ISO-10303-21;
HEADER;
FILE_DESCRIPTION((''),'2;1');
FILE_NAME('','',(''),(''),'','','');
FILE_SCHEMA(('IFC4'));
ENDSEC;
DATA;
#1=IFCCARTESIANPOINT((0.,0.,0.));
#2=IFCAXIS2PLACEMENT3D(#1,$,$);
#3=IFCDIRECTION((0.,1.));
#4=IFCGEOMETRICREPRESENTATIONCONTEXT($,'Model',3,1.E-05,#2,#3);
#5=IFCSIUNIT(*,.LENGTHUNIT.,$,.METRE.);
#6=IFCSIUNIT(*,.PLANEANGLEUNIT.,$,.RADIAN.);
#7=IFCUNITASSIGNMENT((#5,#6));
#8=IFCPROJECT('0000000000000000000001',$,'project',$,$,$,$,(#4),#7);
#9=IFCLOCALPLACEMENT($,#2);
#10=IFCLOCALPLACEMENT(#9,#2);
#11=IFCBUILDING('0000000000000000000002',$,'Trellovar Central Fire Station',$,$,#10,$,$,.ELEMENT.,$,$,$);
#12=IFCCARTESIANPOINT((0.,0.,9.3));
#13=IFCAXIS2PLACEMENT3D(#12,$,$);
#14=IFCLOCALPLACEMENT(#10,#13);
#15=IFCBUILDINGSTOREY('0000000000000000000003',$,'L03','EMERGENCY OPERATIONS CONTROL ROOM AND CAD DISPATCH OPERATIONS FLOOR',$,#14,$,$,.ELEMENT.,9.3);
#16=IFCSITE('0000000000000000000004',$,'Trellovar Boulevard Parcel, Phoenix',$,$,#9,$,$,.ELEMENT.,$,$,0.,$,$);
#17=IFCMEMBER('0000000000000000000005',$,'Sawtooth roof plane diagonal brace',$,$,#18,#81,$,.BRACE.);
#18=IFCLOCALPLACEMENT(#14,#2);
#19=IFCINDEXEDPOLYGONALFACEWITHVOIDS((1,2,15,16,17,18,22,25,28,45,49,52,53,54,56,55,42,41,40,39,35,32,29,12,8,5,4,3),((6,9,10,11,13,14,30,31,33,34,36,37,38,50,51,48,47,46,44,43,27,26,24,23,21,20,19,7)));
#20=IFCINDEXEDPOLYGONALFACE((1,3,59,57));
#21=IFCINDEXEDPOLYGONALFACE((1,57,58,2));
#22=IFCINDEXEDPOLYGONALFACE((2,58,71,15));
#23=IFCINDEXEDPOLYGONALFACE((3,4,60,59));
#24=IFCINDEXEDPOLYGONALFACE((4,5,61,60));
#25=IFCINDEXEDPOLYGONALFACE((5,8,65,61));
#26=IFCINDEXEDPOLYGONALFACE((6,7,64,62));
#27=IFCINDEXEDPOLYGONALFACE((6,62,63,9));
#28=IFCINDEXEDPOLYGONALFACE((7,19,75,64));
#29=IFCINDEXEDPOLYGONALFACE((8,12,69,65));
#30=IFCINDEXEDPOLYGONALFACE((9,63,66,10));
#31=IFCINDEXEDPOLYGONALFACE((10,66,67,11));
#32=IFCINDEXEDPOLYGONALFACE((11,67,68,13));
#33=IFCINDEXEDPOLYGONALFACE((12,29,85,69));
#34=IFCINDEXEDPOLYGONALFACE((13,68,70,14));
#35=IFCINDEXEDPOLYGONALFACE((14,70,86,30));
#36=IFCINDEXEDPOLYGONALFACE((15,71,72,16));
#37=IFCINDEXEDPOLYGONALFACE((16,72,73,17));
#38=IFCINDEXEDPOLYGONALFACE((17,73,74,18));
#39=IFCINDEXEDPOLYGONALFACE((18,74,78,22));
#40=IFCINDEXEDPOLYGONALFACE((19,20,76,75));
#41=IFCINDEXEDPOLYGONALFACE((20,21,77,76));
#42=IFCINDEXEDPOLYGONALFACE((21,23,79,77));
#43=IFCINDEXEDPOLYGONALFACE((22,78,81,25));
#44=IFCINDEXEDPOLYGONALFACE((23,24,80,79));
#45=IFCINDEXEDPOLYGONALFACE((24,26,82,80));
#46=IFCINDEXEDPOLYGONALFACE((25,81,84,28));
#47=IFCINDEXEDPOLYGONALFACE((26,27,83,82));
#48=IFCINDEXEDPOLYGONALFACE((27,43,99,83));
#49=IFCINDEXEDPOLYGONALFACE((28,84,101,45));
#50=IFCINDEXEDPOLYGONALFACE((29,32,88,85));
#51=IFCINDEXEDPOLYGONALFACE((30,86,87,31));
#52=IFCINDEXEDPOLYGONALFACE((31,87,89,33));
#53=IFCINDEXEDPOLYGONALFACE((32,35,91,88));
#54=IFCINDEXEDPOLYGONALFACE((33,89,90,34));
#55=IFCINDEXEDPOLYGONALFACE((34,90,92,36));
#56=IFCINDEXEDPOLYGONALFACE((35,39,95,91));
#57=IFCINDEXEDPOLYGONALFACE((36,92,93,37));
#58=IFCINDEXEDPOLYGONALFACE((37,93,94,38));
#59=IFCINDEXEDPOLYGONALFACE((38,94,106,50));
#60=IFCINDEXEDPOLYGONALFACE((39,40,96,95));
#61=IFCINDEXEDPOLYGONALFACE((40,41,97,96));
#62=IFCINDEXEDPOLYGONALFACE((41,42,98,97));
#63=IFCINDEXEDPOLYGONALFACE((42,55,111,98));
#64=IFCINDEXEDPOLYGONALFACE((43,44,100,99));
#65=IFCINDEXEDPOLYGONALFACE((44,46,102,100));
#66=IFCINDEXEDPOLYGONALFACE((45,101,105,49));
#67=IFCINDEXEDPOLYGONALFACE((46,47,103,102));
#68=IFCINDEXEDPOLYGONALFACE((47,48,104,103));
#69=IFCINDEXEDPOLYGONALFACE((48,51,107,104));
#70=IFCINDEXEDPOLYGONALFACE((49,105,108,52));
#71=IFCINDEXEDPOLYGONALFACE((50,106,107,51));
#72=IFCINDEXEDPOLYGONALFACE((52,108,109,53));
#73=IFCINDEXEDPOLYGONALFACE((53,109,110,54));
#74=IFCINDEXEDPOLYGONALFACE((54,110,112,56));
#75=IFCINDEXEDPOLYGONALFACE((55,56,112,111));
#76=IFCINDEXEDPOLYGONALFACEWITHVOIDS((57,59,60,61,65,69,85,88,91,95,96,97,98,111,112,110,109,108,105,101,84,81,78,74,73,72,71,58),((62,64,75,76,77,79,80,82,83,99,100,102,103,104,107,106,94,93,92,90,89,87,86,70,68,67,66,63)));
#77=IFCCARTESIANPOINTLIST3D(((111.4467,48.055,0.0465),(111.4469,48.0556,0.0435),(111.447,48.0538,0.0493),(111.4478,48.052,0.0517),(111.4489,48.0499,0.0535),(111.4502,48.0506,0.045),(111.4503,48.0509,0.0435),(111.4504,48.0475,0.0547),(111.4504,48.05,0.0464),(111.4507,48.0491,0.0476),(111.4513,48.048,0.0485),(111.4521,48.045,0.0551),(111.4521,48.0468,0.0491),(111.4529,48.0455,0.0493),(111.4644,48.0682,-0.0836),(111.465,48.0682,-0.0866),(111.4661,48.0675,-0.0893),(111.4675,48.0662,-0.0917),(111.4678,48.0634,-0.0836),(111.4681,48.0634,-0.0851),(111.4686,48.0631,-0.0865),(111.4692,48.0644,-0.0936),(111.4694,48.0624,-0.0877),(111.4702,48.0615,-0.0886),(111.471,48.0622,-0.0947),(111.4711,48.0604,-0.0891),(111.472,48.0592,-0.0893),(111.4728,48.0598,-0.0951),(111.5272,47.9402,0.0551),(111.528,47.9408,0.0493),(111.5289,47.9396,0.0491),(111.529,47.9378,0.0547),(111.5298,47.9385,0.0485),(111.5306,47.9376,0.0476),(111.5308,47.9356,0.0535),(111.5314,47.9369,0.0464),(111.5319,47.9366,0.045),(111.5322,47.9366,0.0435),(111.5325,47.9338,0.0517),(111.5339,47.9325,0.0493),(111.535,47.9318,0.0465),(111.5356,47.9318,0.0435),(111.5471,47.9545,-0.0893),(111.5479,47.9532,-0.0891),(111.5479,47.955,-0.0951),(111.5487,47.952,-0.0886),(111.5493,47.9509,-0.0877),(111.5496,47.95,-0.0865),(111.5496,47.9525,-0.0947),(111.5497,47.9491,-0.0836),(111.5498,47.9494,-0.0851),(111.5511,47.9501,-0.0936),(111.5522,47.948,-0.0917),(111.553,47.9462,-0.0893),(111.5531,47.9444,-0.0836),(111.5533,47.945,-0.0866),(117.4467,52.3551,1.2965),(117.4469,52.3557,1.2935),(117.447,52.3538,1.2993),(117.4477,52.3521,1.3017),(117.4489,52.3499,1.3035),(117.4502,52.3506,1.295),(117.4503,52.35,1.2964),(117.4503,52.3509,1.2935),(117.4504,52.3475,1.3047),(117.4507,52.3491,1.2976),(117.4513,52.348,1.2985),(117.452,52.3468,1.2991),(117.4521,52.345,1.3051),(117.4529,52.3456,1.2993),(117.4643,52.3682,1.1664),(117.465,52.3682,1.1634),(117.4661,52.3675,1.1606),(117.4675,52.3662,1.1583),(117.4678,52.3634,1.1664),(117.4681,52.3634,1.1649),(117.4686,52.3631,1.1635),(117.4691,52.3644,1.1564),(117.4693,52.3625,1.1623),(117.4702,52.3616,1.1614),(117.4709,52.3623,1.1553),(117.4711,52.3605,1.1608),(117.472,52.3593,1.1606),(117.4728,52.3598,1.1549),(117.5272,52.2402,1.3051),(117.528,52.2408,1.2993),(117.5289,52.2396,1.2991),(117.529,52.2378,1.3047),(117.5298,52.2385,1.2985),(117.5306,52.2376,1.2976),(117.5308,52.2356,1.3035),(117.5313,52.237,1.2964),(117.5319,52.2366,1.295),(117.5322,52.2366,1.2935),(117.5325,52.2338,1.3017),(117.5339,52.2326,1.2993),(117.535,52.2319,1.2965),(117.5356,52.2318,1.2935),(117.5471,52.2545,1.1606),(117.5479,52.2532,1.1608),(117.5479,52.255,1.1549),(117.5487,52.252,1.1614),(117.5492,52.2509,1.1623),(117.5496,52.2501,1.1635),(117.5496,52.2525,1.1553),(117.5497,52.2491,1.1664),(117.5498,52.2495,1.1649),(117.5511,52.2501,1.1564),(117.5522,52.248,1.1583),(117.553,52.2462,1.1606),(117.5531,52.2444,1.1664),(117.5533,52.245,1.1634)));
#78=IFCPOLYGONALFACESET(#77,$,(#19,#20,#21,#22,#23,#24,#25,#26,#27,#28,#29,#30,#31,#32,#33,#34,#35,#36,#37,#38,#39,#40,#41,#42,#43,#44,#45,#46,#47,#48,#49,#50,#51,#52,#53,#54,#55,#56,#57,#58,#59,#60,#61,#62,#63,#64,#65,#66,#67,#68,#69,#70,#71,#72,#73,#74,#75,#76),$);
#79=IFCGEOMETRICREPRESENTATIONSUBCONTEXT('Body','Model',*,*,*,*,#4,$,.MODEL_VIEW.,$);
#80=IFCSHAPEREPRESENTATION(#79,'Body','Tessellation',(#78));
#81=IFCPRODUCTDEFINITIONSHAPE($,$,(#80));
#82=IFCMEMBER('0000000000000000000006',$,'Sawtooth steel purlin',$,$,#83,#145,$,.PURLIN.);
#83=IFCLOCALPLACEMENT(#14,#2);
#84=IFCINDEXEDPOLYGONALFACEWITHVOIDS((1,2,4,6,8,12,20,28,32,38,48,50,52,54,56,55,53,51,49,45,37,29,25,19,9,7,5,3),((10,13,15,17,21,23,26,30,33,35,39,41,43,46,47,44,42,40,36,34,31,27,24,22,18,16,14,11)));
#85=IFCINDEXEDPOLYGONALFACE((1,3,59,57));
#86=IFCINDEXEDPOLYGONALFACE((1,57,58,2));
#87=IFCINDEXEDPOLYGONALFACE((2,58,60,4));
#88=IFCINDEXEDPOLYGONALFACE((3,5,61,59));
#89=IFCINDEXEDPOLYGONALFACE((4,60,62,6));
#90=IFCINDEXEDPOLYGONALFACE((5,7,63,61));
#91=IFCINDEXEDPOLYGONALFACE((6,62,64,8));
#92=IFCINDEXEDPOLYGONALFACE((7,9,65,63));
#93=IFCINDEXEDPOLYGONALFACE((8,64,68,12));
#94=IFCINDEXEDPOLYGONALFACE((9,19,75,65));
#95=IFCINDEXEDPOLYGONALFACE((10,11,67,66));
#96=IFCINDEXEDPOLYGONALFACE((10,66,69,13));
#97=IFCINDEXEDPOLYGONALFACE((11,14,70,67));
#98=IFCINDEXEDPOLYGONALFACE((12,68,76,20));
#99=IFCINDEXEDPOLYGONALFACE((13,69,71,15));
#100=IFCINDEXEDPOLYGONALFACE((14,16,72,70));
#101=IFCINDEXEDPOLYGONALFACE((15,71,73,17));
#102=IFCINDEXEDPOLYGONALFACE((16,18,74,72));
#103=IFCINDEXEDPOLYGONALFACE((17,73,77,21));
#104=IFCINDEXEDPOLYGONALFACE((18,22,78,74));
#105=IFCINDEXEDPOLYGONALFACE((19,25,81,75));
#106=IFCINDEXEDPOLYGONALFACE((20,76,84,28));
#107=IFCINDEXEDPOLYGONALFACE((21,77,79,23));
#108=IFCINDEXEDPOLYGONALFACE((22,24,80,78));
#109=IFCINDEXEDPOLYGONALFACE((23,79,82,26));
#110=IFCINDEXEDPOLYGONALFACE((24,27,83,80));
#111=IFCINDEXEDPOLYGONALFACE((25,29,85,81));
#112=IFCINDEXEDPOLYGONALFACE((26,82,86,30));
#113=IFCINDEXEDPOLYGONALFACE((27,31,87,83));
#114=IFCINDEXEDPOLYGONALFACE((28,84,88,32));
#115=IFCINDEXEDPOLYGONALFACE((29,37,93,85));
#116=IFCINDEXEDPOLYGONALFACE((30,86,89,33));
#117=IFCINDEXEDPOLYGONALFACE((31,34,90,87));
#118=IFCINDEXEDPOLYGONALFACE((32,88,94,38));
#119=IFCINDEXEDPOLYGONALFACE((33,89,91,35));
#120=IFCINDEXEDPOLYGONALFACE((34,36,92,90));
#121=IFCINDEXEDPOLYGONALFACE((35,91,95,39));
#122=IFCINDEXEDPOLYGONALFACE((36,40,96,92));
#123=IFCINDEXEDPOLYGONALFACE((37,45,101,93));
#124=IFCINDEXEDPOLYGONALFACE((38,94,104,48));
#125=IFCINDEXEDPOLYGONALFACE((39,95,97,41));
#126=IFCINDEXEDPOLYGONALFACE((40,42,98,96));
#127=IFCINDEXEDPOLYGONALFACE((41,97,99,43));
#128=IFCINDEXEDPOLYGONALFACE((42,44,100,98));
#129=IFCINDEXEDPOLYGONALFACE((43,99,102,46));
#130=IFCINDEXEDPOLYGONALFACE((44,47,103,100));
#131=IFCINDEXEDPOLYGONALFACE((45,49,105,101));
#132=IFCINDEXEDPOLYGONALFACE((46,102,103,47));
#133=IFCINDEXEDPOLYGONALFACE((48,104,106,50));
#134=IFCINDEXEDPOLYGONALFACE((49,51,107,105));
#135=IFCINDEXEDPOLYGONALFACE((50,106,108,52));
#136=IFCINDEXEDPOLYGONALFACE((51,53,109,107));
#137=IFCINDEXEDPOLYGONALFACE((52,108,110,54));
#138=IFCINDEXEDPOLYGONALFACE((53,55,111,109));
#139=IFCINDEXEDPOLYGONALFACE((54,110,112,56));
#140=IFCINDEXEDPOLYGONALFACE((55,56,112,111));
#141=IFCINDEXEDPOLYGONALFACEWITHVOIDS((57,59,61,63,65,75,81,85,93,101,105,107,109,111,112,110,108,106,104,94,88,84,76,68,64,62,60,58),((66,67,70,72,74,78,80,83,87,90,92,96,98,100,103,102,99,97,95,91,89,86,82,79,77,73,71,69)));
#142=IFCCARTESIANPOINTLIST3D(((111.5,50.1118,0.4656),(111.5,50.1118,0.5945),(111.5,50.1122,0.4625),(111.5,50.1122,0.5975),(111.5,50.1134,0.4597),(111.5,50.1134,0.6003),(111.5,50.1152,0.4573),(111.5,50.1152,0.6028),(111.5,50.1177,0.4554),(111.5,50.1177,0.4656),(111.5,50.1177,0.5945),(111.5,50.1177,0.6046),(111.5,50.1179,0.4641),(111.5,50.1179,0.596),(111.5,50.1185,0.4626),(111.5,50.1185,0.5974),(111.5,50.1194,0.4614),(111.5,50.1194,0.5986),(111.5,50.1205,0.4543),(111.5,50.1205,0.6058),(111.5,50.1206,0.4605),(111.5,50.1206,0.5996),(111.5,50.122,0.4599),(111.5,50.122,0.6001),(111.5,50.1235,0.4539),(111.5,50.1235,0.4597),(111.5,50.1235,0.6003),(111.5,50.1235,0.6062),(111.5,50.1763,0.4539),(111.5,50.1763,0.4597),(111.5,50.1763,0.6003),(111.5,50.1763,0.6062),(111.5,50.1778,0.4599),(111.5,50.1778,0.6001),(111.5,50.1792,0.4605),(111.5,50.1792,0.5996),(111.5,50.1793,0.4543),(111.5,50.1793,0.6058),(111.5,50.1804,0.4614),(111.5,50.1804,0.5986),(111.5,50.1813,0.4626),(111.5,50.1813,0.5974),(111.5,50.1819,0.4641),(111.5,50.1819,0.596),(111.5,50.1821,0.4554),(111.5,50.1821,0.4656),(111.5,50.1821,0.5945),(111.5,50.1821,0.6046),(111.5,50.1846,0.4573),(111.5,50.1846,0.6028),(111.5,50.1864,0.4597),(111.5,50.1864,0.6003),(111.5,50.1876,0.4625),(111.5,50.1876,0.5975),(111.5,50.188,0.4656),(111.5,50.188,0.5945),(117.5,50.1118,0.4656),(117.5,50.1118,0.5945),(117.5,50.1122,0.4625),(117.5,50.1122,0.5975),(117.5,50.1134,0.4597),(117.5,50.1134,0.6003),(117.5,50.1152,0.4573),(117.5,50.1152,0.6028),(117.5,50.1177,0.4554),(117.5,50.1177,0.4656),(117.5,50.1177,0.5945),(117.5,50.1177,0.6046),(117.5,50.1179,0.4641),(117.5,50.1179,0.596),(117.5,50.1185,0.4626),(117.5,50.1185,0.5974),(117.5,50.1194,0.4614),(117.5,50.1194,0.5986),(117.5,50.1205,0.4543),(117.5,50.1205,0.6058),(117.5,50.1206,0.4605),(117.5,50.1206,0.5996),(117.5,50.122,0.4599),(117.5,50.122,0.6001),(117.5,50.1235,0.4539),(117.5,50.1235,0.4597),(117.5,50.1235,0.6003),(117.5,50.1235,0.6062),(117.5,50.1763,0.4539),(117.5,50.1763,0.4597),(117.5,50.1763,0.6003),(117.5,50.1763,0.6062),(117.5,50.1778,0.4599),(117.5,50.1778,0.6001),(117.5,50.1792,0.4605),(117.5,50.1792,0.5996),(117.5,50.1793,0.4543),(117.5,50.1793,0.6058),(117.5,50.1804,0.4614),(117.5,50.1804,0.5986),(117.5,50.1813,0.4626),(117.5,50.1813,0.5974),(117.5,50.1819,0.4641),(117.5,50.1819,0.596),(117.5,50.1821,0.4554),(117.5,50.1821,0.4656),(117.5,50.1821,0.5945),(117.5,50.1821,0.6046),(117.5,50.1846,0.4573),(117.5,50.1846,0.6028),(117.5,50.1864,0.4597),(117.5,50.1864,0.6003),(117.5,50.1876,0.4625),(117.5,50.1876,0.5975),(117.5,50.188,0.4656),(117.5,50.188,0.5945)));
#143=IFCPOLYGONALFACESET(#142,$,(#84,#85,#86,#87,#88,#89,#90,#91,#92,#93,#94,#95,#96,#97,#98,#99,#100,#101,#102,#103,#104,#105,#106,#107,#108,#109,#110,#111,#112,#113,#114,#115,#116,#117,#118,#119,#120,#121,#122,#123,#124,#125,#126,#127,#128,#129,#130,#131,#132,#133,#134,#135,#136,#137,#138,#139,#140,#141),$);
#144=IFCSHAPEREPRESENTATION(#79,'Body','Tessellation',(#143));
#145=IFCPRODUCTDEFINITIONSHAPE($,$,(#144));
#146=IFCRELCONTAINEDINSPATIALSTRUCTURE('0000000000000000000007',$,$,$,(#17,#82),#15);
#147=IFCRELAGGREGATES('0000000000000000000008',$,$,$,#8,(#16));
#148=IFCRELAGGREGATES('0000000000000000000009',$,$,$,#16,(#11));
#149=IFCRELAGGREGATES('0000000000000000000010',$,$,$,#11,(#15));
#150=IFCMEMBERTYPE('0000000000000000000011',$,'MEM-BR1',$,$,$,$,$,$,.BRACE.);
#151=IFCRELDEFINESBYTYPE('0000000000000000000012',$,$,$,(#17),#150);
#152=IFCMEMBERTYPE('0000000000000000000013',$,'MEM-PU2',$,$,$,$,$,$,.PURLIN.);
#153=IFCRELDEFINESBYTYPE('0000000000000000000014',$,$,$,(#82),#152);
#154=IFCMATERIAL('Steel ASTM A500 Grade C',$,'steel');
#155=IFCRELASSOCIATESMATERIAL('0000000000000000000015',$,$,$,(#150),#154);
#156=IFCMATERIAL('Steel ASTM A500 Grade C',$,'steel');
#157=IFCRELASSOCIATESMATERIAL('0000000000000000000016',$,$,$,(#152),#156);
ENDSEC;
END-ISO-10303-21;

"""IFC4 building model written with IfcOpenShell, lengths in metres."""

from ifc_helpers import new_model, si_unit, direction, frame, origin, origin_2d, place, context, subcontext, project, spatial, hollow_rectangle, extrude, material, material_profile, profile_set, type_object, element, save


model = new_model("IFC4")

# Units and contexts
model_context = context("Model", 3, precision=1e-05, world=origin(), true_north=direction((0.0, 1.0)))
body_context = subcontext(model_context, "Body", "Model", "MODEL_VIEW")
ifc_project = project(units=[si_unit("LENGTHUNIT", "METRE"), si_unit("PLANEANGLEUNIT", "RADIAN")], contexts=[model_context])

# Site, building, storey
site_placement = place(None, origin())
site = spatial("IfcSite", under=ifc_project, at=site_placement, Name="Trellovar Boulevard Parcel, Phoenix", CompositionType="ELEMENT", RefElevation=0.0)
building_placement = place(site_placement, origin())
building = spatial("IfcBuilding", under=site, at=building_placement, Name="Trellovar Central Fire Station", CompositionType="ELEMENT")
storey_placement = place(building_placement, frame((0.0, 0.0, 9.3)))
storey = spatial("IfcBuildingStorey", under=building, at=storey_placement, Name="L03", Description="EMERGENCY OPERATIONS CONTROL ROOM AND CAD DISPATCH OPERATIONS FLOOR", CompositionType="ELEMENT", Elevation=9.3)

# Members
ifc_material_1 = material(Name="Steel ASTM A500 Grade C", Category="steel")
ifc_material_profile_1 = material_profile(ifc_material_1, hollow_rectangle(XDim=0.1523, YDim=0.1523, WallThickness=0.0059, InnerFilletRadius=0.0059, OuterFilletRadius=0.0117, at=origin_2d()), Name="HSS6X6X1/4")
ifc_profile_set_1 = profile_set([ifc_material_profile_1], Name="Steel ASTM A500 Grade C")
member_type_1 = type_object("IfcMemberType", Name="MEM-BR1", PredefinedType="BRACE", material=ifc_profile_set_1)
member_1_placement = place(storey_placement, frame((111.5, 48.0, -0.02), z_axis=(0.801405, 0.574347, 0.166959), x_axis=(-0.582523, 0.812814, 0.0)))
element("IfcMember", 1, at=member_1_placement, inside=storey, type_object=member_type_1, Name="Sawtooth roof plane diagonal brace", PredefinedType="BRACE", context=body_context, shape_type="SweptSolid", body=[
    extrude(hollow_rectangle(XDim=0.1523, YDim=0.1523, WallThickness=0.0059, InnerFilletRadius=0.0059, OuterFilletRadius=0.0117, at=origin_2d()), origin(), (0.0, 0.0, 1.0), 7.4868),
])
ifc_material_2 = material(Name="Steel ASTM A500 Grade C", Category="steel")
ifc_material_profile_2 = material_profile(ifc_material_2, hollow_rectangle(XDim=0.0762, YDim=0.1523, WallThickness=0.0059, InnerFilletRadius=0.0059, OuterFilletRadius=0.0117, at=origin_2d()), Name="HSS6X3X1/4")
ifc_profile_set_2 = profile_set([ifc_material_profile_2], Name="Steel ASTM A500 Grade C")
member_type_2 = type_object("IfcMemberType", Name="MEM-PU2", PredefinedType="PURLIN", material=ifc_profile_set_2)
member_2_placement = place(storey_placement, frame((111.5, 50.1499, 0.53), z_axis=(1.0, 0.0, 0.0), x_axis=(0.0, 1.0, 0.0)))
element("IfcMember", 2, at=member_2_placement, inside=storey, type_object=member_type_2, Name="Sawtooth steel purlin", PredefinedType="PURLIN", context=body_context, shape_type="SweptSolid", body=[
    extrude(hollow_rectangle(XDim=0.0762, YDim=0.1523, WallThickness=0.0059, InnerFilletRadius=0.0059, OuterFilletRadius=0.0117, at=origin_2d()), origin(), (0.0, 0.0, 1.0), 6.0),
])

save(model, "model.ifc")
